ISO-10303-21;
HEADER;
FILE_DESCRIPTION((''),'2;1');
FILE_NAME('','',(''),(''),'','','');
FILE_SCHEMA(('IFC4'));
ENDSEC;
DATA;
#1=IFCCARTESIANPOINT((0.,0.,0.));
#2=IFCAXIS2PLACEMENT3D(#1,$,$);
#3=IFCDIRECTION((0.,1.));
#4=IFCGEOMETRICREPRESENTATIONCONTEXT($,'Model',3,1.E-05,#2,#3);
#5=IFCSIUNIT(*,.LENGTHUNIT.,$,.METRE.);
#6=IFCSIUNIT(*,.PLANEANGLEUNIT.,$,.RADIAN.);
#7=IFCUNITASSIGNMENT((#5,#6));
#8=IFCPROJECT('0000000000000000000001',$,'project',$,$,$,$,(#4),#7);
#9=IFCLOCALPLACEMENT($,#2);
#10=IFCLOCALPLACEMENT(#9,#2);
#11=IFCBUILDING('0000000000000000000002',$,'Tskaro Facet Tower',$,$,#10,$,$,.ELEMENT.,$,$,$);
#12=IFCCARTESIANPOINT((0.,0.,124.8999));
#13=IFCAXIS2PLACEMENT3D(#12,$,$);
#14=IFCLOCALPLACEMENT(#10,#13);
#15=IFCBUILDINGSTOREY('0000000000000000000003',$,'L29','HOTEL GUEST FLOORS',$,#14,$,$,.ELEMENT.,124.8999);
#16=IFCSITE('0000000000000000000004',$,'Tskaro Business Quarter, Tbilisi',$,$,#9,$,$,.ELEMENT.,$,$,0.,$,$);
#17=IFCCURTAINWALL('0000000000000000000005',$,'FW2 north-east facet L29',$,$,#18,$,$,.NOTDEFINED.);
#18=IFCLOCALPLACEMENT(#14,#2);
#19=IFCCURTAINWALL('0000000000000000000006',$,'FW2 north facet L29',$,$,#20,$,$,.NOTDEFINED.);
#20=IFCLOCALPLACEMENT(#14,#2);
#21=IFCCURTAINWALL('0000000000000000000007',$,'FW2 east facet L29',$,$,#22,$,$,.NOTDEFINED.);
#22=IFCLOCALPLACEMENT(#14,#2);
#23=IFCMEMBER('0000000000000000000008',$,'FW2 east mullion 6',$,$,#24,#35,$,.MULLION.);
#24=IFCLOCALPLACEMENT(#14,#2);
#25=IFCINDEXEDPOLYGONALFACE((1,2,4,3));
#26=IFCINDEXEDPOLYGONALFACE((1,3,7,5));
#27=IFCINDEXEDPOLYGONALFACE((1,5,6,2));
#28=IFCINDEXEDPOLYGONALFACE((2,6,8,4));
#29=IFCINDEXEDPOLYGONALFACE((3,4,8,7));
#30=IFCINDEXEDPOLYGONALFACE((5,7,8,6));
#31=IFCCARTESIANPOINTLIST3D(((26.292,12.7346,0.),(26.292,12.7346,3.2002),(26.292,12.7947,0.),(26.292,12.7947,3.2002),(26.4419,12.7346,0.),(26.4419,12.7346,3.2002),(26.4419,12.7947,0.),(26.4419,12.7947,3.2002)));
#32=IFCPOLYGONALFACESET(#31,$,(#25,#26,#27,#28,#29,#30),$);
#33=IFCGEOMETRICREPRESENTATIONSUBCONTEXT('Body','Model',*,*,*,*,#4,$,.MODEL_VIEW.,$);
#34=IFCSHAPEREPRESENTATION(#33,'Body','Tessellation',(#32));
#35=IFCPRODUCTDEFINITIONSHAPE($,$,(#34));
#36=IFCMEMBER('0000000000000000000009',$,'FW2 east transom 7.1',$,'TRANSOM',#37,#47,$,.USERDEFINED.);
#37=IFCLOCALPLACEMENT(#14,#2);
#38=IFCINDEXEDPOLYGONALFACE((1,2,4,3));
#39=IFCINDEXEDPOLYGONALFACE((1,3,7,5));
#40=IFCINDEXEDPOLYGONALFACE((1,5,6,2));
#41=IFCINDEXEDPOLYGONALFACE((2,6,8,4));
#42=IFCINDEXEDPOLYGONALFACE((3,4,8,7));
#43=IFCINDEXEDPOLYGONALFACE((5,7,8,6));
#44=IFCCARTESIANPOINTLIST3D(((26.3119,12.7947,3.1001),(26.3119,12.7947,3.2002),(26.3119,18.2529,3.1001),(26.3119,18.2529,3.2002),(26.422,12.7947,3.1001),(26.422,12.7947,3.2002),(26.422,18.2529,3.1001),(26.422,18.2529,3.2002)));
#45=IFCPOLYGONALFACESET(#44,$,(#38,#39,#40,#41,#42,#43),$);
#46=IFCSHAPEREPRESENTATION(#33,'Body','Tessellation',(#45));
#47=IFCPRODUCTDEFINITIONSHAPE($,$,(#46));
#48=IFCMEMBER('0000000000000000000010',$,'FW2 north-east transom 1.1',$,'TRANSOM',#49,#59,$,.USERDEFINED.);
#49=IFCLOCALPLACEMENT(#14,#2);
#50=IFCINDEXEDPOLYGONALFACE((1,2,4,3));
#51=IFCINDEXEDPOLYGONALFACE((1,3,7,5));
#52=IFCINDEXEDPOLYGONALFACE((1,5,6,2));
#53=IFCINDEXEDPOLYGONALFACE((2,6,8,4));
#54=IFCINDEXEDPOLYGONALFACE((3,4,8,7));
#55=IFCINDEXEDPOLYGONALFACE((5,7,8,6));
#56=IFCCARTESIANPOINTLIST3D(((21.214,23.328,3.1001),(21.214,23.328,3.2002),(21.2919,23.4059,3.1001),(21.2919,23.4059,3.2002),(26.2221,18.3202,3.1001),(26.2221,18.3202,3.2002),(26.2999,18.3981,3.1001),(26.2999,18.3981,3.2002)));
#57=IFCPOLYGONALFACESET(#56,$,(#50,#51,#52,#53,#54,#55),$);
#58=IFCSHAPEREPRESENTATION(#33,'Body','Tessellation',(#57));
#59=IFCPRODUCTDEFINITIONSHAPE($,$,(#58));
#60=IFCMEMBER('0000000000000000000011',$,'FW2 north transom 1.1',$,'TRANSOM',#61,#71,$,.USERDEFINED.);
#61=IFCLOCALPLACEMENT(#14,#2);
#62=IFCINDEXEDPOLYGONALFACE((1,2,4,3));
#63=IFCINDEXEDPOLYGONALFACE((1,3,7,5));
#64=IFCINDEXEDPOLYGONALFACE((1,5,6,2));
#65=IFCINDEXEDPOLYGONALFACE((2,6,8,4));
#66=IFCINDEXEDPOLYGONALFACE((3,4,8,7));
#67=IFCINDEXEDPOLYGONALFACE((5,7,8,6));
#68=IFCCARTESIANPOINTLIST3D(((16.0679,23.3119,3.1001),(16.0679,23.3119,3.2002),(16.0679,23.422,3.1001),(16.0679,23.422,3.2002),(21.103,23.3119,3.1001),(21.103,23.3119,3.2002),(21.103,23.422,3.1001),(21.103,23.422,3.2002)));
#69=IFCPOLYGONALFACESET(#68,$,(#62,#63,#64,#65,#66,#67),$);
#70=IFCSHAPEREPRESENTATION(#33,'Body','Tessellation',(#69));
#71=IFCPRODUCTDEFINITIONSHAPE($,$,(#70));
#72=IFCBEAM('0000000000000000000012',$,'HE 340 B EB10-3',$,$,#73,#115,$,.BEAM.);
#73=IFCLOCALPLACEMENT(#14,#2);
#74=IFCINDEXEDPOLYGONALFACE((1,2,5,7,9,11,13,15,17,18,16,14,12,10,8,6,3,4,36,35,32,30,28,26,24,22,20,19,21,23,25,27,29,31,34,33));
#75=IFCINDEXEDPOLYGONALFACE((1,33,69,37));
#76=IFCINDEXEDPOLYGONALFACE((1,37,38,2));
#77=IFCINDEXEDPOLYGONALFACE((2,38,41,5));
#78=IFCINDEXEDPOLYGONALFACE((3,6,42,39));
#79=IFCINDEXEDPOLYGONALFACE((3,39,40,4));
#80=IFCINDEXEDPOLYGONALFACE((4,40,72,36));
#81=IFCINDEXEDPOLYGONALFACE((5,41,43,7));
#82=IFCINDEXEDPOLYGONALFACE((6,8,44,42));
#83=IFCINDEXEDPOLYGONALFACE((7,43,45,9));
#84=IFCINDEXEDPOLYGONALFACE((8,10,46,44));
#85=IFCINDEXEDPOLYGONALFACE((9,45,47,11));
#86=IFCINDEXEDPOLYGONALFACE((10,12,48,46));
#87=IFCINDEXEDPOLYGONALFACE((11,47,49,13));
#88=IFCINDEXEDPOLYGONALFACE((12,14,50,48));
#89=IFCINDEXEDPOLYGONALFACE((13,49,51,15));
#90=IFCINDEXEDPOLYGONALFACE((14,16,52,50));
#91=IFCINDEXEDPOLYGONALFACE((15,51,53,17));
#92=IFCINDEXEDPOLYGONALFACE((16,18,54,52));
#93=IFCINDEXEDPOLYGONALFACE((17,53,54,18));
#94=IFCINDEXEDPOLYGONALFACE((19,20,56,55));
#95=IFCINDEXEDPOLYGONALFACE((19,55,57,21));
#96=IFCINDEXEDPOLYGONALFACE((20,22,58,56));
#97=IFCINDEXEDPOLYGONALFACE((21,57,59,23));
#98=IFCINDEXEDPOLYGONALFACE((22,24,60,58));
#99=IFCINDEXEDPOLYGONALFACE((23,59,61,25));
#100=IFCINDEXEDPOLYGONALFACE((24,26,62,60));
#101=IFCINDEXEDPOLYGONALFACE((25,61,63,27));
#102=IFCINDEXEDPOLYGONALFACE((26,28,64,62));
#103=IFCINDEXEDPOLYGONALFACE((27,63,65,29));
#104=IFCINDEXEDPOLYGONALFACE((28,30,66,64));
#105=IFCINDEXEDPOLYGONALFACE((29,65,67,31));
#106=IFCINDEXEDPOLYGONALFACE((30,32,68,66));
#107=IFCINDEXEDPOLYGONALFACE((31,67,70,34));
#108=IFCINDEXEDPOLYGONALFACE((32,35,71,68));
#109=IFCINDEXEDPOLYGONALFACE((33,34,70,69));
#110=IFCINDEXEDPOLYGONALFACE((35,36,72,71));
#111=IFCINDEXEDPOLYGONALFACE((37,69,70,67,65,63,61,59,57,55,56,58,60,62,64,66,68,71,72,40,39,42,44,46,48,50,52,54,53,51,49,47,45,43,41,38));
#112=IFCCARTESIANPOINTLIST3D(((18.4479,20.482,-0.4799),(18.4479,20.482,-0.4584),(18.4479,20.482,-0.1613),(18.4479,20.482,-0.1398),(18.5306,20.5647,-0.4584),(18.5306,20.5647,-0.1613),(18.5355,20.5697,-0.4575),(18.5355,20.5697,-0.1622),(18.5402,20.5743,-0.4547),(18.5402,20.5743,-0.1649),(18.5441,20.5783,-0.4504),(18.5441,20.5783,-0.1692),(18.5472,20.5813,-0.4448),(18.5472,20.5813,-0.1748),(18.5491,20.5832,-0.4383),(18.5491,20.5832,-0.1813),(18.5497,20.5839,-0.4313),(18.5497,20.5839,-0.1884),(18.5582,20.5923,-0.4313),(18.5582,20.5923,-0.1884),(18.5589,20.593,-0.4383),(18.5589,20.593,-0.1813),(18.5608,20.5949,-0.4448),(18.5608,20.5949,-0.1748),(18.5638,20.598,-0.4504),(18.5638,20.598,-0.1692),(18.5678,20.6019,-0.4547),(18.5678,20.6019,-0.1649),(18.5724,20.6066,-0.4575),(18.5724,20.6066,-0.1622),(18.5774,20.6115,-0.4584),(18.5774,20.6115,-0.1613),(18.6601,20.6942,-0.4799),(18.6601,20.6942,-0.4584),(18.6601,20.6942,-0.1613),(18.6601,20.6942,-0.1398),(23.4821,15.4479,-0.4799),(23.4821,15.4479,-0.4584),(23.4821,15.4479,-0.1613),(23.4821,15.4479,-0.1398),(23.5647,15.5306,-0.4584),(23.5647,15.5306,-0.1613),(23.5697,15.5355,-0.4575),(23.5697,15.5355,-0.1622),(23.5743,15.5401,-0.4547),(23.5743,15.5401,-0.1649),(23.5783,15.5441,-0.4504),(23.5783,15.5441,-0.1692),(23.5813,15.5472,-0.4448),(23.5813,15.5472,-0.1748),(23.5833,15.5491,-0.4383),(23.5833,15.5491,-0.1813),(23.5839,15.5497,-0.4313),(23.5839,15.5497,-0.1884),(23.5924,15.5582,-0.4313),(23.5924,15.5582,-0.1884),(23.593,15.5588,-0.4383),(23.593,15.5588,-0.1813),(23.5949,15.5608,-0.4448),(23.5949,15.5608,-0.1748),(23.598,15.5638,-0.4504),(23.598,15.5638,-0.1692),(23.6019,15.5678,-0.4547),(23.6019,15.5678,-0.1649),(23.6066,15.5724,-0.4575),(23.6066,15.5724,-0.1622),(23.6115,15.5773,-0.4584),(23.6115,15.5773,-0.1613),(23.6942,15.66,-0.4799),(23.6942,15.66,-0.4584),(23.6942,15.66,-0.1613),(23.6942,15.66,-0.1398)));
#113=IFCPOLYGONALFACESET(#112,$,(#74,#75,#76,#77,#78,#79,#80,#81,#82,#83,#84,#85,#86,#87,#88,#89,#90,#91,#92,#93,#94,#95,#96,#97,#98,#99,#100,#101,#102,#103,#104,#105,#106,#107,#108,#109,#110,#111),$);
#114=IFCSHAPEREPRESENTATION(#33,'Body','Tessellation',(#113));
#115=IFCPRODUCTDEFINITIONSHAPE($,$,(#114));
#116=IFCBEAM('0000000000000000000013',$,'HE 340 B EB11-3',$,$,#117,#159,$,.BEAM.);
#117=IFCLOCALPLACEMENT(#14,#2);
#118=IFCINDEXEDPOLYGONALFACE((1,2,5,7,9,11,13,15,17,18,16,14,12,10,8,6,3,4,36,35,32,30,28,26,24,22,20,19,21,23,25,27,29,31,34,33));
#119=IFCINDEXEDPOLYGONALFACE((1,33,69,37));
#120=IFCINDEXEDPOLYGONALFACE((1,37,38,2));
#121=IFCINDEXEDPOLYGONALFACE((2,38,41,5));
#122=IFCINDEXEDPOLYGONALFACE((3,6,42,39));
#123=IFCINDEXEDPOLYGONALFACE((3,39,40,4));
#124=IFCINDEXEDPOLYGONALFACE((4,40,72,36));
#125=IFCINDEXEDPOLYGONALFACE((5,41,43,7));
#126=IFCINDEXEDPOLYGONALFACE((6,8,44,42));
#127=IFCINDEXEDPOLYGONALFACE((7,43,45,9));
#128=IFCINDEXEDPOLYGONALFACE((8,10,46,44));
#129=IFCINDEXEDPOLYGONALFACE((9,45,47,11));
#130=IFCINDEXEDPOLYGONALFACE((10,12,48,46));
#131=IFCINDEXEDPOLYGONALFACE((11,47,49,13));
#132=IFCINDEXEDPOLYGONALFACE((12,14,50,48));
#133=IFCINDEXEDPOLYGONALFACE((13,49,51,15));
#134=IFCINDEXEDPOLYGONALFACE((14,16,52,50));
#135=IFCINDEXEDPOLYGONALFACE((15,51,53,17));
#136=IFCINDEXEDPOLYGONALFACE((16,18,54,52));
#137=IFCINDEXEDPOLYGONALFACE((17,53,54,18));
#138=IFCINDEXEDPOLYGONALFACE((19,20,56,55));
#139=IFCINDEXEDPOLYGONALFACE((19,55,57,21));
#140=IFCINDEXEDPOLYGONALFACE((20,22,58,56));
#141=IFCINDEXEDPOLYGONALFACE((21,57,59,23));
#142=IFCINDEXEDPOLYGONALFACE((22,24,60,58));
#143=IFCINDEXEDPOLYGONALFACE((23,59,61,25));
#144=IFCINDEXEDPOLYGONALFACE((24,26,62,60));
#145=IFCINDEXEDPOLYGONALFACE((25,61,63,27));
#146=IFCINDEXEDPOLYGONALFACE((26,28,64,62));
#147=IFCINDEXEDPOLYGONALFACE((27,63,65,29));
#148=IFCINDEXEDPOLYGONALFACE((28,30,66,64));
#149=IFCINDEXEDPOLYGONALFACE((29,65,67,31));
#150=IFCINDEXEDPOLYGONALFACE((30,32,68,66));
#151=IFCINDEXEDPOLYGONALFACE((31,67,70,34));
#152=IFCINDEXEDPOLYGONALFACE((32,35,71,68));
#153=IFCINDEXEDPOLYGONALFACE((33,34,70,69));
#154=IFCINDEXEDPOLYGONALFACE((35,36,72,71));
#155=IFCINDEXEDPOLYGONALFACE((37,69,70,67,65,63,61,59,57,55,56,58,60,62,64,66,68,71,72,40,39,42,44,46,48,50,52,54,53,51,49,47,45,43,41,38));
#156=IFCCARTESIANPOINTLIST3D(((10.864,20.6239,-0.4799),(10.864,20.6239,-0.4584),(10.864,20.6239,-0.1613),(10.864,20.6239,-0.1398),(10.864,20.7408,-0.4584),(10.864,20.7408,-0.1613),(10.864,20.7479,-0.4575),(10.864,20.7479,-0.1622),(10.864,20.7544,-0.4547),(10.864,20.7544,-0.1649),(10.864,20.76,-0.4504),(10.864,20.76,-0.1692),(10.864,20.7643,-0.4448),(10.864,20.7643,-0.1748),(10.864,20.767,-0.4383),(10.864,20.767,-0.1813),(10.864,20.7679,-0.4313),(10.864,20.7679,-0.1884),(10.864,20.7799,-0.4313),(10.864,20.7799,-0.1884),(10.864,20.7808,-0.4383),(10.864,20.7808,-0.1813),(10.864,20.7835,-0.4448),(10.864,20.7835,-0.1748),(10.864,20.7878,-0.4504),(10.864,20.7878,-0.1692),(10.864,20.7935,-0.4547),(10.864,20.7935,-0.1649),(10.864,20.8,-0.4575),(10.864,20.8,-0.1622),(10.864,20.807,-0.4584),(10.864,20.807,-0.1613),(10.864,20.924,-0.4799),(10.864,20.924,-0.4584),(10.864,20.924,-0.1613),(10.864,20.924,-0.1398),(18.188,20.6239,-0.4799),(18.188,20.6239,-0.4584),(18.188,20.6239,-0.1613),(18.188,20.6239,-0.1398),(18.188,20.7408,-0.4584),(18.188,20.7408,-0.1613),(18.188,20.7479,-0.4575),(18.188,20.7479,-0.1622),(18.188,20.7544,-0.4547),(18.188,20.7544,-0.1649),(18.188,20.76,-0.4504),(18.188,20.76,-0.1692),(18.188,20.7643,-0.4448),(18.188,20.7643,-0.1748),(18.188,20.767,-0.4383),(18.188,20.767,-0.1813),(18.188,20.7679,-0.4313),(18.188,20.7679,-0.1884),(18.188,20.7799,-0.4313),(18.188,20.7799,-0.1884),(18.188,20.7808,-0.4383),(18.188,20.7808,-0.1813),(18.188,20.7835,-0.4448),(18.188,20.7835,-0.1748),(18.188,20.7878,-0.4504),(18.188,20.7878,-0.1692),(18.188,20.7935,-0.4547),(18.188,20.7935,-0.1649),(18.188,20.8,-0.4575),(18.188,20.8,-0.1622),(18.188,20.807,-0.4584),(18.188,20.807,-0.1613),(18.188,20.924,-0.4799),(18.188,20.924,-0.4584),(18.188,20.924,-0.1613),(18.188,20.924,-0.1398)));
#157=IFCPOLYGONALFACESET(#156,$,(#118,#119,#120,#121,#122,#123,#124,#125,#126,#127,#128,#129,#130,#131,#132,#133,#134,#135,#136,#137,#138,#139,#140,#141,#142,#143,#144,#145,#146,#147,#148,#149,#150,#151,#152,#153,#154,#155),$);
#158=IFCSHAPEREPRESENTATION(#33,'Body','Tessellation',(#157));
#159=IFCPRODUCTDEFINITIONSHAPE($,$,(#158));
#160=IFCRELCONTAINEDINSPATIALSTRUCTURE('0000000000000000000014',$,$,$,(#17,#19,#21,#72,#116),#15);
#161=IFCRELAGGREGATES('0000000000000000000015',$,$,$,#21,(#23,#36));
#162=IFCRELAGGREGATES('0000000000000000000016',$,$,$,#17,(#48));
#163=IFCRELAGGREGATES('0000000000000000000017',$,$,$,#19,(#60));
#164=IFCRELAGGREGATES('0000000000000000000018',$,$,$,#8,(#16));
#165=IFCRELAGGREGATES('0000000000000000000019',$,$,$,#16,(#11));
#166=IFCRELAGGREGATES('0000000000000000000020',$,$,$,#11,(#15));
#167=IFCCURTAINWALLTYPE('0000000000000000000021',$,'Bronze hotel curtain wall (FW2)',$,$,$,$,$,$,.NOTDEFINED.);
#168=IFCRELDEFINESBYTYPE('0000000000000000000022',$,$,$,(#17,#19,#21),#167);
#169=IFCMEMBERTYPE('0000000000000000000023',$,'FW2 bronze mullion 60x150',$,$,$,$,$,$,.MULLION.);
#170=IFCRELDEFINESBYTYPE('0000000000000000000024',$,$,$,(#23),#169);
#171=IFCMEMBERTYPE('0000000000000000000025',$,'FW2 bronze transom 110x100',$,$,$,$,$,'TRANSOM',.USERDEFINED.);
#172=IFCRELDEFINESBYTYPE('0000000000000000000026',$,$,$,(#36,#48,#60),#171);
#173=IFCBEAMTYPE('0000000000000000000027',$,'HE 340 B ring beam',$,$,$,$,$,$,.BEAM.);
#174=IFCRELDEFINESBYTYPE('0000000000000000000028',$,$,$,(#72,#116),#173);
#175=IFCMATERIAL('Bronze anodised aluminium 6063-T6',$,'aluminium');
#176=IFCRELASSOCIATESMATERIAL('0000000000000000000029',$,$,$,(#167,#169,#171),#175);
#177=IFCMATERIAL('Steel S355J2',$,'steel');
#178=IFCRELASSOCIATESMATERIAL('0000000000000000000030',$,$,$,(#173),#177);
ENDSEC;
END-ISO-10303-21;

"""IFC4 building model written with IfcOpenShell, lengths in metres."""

from ifc_helpers import new_model, si_unit, direction, frame, origin, origin_2d, place, context, subcontext, project, spatial, rectangle, i_section, extrude, material, material_profile, profile_set, type_object, element, aggregate, save


model = new_model("IFC4")

# Units and contexts
model_context = context("Model", 3, precision=1e-05, world=origin(), true_north=direction((0.0, 1.0)))
body_context = subcontext(model_context, "Body", "Model", "MODEL_VIEW")
ifc_project = project(units=[si_unit("LENGTHUNIT", "METRE"), si_unit("PLANEANGLEUNIT", "RADIAN")], contexts=[model_context])

# Site, building, storey
site_placement = place(None, origin())
site = spatial("IfcSite", under=ifc_project, at=site_placement, Name="Tskaro Business Quarter, Tbilisi", CompositionType="ELEMENT", RefElevation=0.0)
building_placement = place(site_placement, origin())
building = spatial("IfcBuilding", under=site, at=building_placement, Name="Tskaro Facet Tower", CompositionType="ELEMENT")
storey_placement = place(building_placement, frame((0.0, 0.0, 124.8999)))
storey = spatial("IfcBuildingStorey", under=building, at=storey_placement, Name="L29", Description="HOTEL GUEST FLOORS", CompositionType="ELEMENT", Elevation=124.8999)

# Curtain walls
ifc_material_1 = material(Name="Bronze anodised aluminium 6063-T6", Category="aluminium")
curtain_wall_type = type_object("IfcCurtainWallType", Name="Bronze hotel curtain wall (FW2)", PredefinedType="NOTDEFINED", material=ifc_material_1)
curtain_wall_1_placement = place(storey_placement, origin())
curtain_wall_1 = element("IfcCurtainWall", 1, at=curtain_wall_1_placement, inside=storey, type_object=curtain_wall_type, Name="FW2 north-east facet L29", PredefinedType="NOTDEFINED")
curtain_wall_2_placement = place(storey_placement, origin())
curtain_wall_2 = element("IfcCurtainWall", 2, at=curtain_wall_2_placement, inside=storey, type_object=curtain_wall_type, Name="FW2 north facet L29", PredefinedType="NOTDEFINED")

# Curtain wall, members
curtain_wall_3_placement = place(storey_placement, origin())
curtain_wall_3 = element("IfcCurtainWall", 3, at=curtain_wall_3_placement, inside=storey, type_object=curtain_wall_type, Name="FW2 east facet L29", PredefinedType="NOTDEFINED")
ifc_material_profile_1 = material_profile(ifc_material_1, rectangle(XDim=0.0601, YDim=0.1499, at=origin_2d()), Name="Mullion 60x150")
ifc_profile_set_1 = profile_set([ifc_material_profile_1], Name="Bronze anodised aluminium 6063-T6")
member_type_1 = type_object("IfcMemberType", Name="FW2 bronze mullion 60x150", PredefinedType="MULLION", material=ifc_profile_set_1)
member_1_placement = place(storey_placement, frame((26.3669, 12.7646, 0.0), z_axis=(0.0, 0.0, 1.0), x_axis=(0.0, 1.0, 0.0)))
member_1 = element("IfcMember", 4, at=member_1_placement, type_object=member_type_1, Name="FW2 east mullion 6", PredefinedType="MULLION", context=body_context, shape_type="SweptSolid", body=[
    extrude(rectangle(XDim=0.0601, YDim=0.1499, at=origin_2d()), origin(), (0.0, 0.0, 1.0), 3.2002),
])
ifc_material_profile_2 = material_profile(ifc_material_1, rectangle(XDim=0.1101, YDim=0.1001, at=origin_2d()), Name="Transom 110x100")
ifc_profile_set_2 = profile_set([ifc_material_profile_2], Name="Bronze anodised aluminium 6063-T6")
member_type_2 = type_object("IfcMemberType", Name="FW2 bronze transom 110x100", ElementType="TRANSOM", PredefinedType="USERDEFINED", material=ifc_profile_set_2)
member_2_placement = place(storey_placement, frame((26.3669, 12.7947, 3.1501), z_axis=(0.0, 1.0, 0.0), x_axis=(-1.0, 0.0, 0.0)))
member_2 = element("IfcMember", 5, at=member_2_placement, type_object=member_type_2, Name="FW2 east transom 7.1", ObjectType="TRANSOM", PredefinedType="USERDEFINED", context=body_context, shape_type="SweptSolid", body=[
    extrude(rectangle(XDim=0.1101, YDim=0.1001, at=origin_2d()), origin(), (0.0, 0.0, 1.0), 5.4583),
])

# Members
member_3_placement = place(storey_placement, frame((26.261, 18.3591, 3.1501), z_axis=(-0.707124, 0.70709, 0.0), x_axis=(-0.70709, -0.707124, 0.0)))
member_3 = element("IfcMember", 6, at=member_3_placement, type_object=member_type_2, Name="FW2 north-east transom 1.1", ObjectType="TRANSOM", PredefinedType="USERDEFINED", context=body_context, shape_type="SweptSolid", body=[
    extrude(rectangle(XDim=0.1101, YDim=0.1001, at=origin_2d()), origin(), (0.0, 0.0, 1.0), 7.0823),
])
member_4_placement = place(storey_placement, frame((21.103, 23.3669, 3.1501), z_axis=(-1.0, 0.0, 0.0), x_axis=(0.0, -1.0, 0.0)))
member_4 = element("IfcMember", 7, at=member_4_placement, type_object=member_type_2, Name="FW2 north transom 1.1", ObjectType="TRANSOM", PredefinedType="USERDEFINED", context=body_context, shape_type="SweptSolid", body=[
    extrude(rectangle(XDim=0.1101, YDim=0.1001, at=origin_2d()), origin(), (0.0, 0.0, 1.0), 5.0352),
])

# Beams
ifc_material_2 = material(Name="Steel S355J2", Category="steel")
ifc_material_profile_3 = material_profile(ifc_material_2, i_section(OverallWidth=0.3, OverallDepth=0.3401, WebThickness=0.012, FlangeThickness=0.0215, FilletRadius=0.0271, at=origin_2d()), Name="HE 340 B")
ifc_profile_set_3 = profile_set([ifc_material_profile_3], Name="Steel S355J2")
beam_type_1 = type_object("IfcBeamType", Name="HE 340 B ring beam", PredefinedType="BEAM", material=ifc_profile_set_3)
beam_1_placement = place(storey_placement, frame((23.5881, 15.554, -0.3098), z_axis=(-0.707107, 0.707107, 0.0), x_axis=(-0.707107, -0.707107, 0.0)))
element("IfcBeam", 8, at=beam_1_placement, inside=storey, type_object=beam_type_1, Name="HE 340 B EB10-3", PredefinedType="BEAM", context=body_context, shape_type="SweptSolid", body=[
    extrude(i_section(OverallWidth=0.3, OverallDepth=0.3401, WebThickness=0.012, FlangeThickness=0.0215, FilletRadius=0.0271, at=origin_2d()), origin(), (0.0, 0.0, 1.0), 7.1194),
])
beam_2_placement = place(storey_placement, frame((18.188, 20.7739, -0.3098), z_axis=(-1.0, 0.0, 0.0), x_axis=(0.0, -1.0, 0.0)))
element("IfcBeam", 9, at=beam_2_placement, inside=storey, type_object=beam_type_1, Name="HE 340 B EB11-3", PredefinedType="BEAM", context=body_context, shape_type="SweptSolid", body=[
    extrude(i_section(OverallWidth=0.3, OverallDepth=0.3401, WebThickness=0.012, FlangeThickness=0.0215, FilletRadius=0.0271, at=origin_2d()), origin(), (0.0, 0.0, 1.0), 7.324),
])

aggregate(curtain_wall_3, [member_1, member_2])
aggregate(curtain_wall_1, [member_3])
aggregate(curtain_wall_2, [member_4])

save(model, "model.ifc")
